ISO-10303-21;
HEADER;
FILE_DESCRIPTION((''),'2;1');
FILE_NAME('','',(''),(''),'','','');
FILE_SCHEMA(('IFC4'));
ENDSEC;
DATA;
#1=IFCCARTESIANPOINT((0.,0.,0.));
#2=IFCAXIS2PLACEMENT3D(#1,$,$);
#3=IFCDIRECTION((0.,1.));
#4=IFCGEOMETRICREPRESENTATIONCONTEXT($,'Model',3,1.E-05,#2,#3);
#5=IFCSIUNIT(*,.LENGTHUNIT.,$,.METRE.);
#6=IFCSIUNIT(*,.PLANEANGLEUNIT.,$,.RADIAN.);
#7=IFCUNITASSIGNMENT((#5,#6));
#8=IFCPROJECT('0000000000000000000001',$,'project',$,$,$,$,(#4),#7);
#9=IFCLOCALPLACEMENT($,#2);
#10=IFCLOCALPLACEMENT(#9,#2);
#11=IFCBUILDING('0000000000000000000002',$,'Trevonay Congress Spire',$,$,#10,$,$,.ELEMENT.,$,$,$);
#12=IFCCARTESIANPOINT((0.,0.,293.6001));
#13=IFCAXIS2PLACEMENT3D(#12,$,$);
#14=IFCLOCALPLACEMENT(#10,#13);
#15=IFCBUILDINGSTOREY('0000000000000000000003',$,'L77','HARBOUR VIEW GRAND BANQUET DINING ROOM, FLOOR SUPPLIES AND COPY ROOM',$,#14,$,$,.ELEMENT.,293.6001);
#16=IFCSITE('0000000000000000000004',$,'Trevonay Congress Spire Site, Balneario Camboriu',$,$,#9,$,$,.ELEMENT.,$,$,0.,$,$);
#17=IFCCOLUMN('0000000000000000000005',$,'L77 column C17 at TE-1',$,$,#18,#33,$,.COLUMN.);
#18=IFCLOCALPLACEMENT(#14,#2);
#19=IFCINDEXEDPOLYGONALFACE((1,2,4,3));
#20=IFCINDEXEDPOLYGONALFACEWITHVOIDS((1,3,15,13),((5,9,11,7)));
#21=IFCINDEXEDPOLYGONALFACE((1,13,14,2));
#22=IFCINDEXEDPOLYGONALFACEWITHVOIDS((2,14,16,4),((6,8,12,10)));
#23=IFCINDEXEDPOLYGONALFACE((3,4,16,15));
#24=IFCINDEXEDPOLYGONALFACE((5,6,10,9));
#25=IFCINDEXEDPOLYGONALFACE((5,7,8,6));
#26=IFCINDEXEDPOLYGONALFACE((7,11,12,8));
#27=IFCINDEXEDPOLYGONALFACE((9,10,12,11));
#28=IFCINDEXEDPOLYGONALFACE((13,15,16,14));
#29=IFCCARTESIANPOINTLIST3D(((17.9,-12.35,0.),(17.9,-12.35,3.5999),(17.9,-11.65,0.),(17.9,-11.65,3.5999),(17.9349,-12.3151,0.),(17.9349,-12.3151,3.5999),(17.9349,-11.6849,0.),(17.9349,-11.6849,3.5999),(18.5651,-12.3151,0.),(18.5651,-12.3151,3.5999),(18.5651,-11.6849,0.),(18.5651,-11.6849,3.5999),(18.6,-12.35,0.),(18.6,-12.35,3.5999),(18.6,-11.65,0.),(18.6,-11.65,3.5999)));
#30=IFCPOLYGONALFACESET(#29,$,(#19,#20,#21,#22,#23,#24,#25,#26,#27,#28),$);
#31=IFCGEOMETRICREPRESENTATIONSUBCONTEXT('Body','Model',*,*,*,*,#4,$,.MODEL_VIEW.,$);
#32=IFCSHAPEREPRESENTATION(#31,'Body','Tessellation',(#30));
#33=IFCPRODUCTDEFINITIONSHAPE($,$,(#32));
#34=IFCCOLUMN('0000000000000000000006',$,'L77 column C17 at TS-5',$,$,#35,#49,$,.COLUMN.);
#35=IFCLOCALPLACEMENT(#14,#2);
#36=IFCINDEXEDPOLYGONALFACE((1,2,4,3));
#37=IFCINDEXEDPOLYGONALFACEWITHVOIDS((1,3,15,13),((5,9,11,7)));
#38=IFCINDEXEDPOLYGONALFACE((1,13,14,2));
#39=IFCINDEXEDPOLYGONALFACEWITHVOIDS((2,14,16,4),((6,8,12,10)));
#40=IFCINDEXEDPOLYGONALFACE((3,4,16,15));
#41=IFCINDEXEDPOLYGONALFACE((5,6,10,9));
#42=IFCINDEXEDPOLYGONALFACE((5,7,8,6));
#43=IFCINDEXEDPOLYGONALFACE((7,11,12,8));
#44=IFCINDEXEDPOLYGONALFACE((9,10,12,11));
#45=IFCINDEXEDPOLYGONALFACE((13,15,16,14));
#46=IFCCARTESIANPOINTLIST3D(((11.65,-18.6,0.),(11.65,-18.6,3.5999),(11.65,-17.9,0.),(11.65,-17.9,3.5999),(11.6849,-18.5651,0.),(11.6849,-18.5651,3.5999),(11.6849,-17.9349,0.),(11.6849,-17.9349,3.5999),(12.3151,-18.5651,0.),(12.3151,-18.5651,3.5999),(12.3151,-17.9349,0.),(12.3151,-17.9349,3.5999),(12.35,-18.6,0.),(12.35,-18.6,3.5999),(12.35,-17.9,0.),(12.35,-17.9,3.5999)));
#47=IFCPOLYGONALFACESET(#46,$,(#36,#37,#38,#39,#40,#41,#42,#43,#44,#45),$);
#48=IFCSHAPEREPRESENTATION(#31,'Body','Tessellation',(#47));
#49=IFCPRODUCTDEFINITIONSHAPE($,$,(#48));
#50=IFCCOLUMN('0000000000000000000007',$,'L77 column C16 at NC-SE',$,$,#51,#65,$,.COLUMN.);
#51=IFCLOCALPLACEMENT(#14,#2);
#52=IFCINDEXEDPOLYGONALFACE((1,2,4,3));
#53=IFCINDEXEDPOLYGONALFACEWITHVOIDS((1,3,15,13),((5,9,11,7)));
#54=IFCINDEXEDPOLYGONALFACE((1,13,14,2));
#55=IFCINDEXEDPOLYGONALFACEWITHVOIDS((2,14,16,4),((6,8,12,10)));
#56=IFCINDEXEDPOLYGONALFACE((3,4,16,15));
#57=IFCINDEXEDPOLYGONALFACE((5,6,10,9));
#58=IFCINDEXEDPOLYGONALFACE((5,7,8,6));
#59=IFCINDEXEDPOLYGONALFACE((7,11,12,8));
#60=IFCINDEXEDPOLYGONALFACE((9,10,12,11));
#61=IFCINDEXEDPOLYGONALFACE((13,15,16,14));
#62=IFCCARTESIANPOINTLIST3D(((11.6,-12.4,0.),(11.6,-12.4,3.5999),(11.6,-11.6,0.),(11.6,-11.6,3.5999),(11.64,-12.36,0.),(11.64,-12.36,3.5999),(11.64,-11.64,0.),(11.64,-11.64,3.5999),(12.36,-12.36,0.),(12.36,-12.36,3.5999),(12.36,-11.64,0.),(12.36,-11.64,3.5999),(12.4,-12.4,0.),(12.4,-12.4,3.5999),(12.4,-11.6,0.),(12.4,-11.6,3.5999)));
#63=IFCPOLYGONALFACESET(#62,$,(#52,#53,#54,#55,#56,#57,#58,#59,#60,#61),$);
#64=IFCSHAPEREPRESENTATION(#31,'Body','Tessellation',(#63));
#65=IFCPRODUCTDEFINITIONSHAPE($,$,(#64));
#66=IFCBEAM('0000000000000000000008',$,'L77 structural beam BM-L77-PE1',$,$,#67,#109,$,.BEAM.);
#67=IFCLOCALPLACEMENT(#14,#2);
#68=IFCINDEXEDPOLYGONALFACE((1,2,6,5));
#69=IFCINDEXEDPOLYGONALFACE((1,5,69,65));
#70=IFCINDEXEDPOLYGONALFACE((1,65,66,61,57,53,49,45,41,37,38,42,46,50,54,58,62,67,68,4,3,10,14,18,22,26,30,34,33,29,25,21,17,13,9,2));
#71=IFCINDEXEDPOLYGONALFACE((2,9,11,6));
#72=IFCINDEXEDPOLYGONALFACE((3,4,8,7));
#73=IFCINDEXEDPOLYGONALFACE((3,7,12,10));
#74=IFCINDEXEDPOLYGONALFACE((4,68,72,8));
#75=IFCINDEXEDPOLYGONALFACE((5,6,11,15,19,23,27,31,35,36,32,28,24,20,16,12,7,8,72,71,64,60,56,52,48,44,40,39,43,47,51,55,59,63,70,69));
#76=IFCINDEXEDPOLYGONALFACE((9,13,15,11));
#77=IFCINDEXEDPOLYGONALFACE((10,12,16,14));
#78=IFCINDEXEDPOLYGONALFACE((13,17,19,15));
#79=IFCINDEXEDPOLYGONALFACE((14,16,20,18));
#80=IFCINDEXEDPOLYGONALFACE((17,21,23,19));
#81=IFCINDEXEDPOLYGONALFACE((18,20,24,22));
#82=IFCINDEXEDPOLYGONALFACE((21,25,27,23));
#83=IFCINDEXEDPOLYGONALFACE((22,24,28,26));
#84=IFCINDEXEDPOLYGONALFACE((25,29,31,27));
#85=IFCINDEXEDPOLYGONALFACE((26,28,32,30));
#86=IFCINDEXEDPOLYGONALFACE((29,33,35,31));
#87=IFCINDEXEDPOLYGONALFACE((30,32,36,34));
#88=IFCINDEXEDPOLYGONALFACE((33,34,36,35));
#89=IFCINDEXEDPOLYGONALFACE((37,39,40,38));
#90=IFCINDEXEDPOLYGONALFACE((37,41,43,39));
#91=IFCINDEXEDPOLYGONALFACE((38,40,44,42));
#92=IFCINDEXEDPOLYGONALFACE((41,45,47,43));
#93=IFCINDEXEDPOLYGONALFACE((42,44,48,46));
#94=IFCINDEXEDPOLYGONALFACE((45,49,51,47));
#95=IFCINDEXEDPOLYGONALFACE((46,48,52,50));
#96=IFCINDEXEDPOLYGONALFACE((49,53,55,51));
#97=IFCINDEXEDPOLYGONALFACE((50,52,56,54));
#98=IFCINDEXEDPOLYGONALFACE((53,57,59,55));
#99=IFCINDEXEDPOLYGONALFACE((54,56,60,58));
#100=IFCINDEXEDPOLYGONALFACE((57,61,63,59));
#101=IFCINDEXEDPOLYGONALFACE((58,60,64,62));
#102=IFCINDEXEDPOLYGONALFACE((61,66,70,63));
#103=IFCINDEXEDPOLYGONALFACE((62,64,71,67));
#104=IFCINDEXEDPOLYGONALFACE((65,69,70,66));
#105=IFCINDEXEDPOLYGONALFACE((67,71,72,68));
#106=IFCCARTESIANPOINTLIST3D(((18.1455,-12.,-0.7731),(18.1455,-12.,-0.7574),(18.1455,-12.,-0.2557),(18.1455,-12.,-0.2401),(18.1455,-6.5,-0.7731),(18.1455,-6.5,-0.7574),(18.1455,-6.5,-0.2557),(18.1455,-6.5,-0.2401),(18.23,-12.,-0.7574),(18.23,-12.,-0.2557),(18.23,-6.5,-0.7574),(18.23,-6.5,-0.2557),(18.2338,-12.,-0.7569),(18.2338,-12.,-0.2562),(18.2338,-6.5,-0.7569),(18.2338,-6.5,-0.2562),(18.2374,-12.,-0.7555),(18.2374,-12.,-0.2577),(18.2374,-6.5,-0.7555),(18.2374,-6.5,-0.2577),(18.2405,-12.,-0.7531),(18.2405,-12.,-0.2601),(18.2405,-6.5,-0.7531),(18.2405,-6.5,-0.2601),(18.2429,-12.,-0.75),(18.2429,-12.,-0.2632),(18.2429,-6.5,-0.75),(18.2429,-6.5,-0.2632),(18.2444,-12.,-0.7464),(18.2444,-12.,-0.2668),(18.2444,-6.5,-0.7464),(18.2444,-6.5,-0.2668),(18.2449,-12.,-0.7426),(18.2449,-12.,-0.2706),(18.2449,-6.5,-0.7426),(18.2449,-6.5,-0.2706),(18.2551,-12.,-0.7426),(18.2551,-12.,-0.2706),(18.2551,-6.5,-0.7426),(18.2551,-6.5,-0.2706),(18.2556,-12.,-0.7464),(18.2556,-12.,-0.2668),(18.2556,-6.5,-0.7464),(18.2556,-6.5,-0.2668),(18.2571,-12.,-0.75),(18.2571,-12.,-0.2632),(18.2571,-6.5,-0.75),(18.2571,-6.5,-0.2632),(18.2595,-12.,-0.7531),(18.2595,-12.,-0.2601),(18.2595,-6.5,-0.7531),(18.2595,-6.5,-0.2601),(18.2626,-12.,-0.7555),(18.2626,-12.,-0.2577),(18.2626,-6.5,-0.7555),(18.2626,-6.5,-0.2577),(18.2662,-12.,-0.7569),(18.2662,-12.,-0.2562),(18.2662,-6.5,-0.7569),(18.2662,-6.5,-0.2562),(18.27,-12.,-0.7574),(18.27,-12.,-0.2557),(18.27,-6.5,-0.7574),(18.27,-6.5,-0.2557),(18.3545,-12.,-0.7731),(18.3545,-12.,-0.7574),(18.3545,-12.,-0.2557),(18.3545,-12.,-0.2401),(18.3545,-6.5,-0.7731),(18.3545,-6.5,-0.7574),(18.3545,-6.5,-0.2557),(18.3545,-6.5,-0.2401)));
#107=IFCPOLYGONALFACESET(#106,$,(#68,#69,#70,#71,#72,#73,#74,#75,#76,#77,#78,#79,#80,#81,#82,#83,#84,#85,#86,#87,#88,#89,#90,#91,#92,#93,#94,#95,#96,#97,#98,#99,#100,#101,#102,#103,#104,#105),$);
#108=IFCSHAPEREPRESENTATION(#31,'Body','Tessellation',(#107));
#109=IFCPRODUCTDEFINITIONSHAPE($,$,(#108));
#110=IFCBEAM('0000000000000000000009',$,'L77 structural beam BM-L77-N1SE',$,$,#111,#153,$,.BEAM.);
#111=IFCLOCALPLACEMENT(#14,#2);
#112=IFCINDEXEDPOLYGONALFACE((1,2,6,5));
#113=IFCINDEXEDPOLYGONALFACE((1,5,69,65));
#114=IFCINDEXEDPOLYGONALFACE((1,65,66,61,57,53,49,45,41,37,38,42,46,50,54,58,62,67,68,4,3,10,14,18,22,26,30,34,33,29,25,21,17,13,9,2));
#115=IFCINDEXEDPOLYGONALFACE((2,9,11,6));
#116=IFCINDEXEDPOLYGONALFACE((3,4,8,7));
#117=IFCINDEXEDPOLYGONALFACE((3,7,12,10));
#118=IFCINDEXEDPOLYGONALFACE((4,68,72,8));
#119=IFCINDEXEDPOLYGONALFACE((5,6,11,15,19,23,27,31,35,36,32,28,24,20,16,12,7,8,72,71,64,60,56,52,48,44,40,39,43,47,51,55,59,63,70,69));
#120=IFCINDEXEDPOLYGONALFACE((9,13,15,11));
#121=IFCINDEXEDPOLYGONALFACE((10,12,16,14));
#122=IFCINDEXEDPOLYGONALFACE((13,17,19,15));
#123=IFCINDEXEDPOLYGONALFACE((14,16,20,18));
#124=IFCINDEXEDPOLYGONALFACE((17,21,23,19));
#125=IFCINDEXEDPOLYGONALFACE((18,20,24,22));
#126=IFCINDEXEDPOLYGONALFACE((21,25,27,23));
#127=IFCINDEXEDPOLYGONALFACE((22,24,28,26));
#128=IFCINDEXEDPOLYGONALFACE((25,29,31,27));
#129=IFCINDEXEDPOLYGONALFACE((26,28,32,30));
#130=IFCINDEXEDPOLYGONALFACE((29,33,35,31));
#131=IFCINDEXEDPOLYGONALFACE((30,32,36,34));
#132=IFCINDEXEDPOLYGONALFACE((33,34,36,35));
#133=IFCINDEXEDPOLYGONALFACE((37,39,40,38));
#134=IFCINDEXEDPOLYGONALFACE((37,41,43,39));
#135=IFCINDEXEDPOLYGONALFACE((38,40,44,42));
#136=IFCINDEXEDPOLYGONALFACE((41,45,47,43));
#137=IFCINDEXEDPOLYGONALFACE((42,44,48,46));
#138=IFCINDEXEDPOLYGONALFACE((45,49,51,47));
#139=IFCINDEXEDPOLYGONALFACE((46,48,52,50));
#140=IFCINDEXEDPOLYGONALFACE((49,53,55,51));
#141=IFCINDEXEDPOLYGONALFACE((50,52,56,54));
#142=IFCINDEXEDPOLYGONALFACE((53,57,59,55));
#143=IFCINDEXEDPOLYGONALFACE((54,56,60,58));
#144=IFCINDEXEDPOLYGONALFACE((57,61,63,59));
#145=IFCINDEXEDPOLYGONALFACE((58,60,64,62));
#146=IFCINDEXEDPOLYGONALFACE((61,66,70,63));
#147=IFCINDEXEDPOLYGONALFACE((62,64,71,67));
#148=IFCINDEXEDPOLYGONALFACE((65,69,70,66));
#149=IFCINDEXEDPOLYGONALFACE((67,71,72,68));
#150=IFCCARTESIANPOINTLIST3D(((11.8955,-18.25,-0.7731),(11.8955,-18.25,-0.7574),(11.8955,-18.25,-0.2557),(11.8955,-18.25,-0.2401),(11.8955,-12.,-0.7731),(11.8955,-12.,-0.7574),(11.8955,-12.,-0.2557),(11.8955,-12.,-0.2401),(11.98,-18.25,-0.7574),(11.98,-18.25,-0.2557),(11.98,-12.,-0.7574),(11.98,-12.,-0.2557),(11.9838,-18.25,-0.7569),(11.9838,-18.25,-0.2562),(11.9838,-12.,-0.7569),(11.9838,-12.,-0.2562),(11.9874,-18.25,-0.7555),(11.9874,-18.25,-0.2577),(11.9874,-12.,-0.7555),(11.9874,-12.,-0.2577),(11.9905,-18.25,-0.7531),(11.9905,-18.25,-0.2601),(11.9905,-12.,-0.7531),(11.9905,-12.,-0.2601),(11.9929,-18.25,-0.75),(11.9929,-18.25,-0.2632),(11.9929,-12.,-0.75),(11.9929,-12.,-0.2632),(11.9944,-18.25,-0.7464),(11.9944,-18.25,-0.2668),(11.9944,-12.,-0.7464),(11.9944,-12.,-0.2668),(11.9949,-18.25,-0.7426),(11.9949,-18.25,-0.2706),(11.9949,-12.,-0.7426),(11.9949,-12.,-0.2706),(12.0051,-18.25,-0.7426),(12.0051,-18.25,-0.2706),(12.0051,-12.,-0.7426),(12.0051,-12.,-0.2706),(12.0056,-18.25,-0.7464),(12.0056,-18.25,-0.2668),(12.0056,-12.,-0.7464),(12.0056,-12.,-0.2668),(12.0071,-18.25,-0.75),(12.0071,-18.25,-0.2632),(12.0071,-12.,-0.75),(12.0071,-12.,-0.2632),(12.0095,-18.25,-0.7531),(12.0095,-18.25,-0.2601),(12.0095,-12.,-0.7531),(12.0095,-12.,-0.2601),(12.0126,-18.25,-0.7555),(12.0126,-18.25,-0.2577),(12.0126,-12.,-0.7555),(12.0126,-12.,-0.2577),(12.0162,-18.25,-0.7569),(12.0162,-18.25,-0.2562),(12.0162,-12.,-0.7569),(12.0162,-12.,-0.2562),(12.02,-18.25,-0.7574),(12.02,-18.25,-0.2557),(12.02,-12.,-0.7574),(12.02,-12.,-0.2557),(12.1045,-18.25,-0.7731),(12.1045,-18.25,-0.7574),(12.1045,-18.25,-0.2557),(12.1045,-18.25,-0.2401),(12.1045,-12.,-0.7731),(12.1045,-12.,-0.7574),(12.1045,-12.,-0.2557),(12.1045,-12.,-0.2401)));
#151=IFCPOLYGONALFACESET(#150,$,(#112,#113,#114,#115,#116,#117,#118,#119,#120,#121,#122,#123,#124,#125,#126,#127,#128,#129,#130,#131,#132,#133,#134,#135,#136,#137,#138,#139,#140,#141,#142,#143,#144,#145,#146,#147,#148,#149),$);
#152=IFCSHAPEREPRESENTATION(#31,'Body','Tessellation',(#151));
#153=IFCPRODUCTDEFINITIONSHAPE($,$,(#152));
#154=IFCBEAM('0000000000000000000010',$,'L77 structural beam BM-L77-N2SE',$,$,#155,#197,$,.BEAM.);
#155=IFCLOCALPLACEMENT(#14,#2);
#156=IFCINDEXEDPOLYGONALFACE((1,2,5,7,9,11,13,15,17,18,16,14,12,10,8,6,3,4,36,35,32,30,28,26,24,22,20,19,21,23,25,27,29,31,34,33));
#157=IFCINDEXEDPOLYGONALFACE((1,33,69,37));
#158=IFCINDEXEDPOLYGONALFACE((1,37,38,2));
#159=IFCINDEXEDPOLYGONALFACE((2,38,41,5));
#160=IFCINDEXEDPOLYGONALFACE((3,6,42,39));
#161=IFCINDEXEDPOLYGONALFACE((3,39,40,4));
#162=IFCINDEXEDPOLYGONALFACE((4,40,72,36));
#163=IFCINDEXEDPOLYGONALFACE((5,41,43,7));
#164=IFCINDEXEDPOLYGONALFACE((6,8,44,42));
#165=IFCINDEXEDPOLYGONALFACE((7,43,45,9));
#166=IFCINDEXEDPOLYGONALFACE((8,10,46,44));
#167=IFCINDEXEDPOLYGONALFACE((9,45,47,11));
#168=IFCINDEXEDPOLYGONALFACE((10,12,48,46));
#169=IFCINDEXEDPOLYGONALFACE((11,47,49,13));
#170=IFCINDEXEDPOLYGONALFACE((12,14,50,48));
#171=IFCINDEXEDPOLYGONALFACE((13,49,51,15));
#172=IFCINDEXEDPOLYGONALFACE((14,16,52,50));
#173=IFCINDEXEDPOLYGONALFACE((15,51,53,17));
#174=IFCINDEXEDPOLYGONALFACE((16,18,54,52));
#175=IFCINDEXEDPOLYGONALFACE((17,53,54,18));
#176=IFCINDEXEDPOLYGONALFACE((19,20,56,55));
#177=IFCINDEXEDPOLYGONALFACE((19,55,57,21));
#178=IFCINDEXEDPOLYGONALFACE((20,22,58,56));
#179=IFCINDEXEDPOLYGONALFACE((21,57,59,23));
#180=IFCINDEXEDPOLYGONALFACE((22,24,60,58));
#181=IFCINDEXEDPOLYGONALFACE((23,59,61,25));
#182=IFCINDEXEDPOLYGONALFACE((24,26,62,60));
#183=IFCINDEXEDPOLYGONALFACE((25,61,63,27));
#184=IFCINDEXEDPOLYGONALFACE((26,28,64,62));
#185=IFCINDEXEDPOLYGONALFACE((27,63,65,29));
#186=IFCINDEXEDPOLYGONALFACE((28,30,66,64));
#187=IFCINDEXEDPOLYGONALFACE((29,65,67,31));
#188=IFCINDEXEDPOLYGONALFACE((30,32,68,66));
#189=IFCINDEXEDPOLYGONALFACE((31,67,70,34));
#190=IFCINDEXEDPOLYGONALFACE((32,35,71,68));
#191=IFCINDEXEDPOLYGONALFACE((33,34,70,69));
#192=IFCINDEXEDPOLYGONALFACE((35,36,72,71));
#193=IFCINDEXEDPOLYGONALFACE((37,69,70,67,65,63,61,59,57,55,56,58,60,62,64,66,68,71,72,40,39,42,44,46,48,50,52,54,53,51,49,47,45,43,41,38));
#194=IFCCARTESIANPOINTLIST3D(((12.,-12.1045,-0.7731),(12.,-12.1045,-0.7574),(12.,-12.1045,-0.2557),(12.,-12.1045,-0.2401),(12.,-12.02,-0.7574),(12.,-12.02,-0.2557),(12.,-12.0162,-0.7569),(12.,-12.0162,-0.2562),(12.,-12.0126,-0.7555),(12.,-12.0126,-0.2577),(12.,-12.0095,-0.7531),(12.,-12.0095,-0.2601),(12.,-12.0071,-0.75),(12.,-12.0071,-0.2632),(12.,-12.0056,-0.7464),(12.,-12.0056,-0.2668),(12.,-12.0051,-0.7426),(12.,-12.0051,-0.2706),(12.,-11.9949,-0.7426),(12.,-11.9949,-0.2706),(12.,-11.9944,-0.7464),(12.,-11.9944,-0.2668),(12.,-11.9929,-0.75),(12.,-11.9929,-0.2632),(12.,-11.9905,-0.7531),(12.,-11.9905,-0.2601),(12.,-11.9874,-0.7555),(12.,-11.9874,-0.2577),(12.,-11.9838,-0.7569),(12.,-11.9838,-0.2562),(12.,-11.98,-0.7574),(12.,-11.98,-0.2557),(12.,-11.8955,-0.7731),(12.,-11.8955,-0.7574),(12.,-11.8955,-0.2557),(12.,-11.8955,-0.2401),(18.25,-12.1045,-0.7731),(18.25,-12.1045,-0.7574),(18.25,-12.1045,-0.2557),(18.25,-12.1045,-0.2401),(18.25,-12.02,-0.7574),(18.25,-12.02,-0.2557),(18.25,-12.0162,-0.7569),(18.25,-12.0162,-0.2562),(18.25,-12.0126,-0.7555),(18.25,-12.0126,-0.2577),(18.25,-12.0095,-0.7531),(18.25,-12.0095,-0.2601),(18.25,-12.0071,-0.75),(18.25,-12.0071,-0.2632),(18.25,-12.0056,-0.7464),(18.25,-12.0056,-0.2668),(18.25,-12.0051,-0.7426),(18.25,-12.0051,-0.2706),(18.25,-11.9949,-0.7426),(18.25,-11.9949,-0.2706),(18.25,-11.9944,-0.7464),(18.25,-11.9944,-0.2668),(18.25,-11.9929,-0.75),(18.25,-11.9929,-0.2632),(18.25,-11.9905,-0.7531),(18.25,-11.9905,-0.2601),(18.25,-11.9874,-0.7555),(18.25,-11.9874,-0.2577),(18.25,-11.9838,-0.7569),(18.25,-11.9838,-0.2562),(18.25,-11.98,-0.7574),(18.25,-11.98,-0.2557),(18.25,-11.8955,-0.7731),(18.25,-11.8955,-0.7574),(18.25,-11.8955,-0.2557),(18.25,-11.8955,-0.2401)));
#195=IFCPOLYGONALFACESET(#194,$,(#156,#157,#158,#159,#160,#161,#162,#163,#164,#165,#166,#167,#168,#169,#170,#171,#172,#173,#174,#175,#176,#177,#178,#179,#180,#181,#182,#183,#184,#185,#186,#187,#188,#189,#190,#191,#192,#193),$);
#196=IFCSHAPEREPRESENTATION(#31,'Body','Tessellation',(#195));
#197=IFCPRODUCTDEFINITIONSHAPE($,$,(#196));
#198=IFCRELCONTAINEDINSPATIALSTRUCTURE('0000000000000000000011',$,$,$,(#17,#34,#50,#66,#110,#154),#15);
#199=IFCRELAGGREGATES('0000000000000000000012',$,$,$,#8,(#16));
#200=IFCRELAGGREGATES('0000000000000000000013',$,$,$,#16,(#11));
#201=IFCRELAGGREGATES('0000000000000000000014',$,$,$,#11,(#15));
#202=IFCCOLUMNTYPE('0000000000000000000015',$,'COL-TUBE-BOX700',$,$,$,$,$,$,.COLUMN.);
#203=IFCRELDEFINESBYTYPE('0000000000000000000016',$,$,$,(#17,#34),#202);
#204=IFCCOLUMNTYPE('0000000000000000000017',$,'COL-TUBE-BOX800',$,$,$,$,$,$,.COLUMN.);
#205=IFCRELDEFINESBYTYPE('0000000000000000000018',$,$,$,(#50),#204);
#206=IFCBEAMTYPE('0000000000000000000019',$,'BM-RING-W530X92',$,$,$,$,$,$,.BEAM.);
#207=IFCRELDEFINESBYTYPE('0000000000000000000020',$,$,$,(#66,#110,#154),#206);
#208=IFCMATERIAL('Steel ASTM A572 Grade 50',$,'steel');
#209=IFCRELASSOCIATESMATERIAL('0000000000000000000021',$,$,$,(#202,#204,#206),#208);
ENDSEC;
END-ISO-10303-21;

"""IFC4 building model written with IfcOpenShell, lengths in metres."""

from ifc_helpers import new_model, si_unit, direction, frame, origin, origin_2d, place, context, subcontext, project, spatial, hollow_rectangle, i_section, extrude, material, material_profile, profile_set, type_object, element, save


model = new_model("IFC4")

# Units and contexts
model_context = context("Model", 3, precision=1e-05, world=origin(), true_north=direction((0.0, 1.0)))
body_context = subcontext(model_context, "Body", "Model", "MODEL_VIEW")
ifc_project = project(units=[si_unit("LENGTHUNIT", "METRE"), si_unit("PLANEANGLEUNIT", "RADIAN")], contexts=[model_context])

# Site, building, storey
site_placement = place(None, origin())
site = spatial("IfcSite", under=ifc_project, at=site_placement, Name="Trevonay Congress Spire Site, Balneario Camboriu", CompositionType="ELEMENT", RefElevation=0.0)
building_placement = place(site_placement, origin())
building = spatial("IfcBuilding", under=site, at=building_placement, Name="Trevonay Congress Spire", CompositionType="ELEMENT")
storey_placement = place(building_placement, frame((0.0, 0.0, 293.6001)))
storey = spatial("IfcBuildingStorey", under=building, at=storey_placement, Name="L77", Description="HARBOUR VIEW GRAND BANQUET DINING ROOM, FLOOR SUPPLIES AND COPY ROOM", CompositionType="ELEMENT", Elevation=293.6001)

# Columns
ifc_material_1 = material(Name="Steel ASTM A572 Grade 50", Category="steel")
ifc_material_profile_1 = material_profile(ifc_material_1, hollow_rectangle(XDim=0.7, YDim=0.7, WallThickness=0.0349, at=origin_2d()), Name="BOX 700x700x35")
ifc_profile_set_1 = profile_set([ifc_material_profile_1], Name="Steel ASTM A572 Grade 50")
column_type_1 = type_object("IfcColumnType", Name="COL-TUBE-BOX700", PredefinedType="COLUMN", material=ifc_profile_set_1)
for number, where, z_axis, x_axis, name in (
    (1, (18.25, -12.0, 0.0), (0.0, 0.0, 1.0), (1.0, 0.0, 0.0), "L77 column C17 at TE-1"),
    (2, (12.0, -18.25, 0.0), (0.0, 0.0, 1.0), (1.0, 0.0, 0.0), "L77 column C17 at TS-5"),
):
    element("IfcColumn", number, at=place(storey_placement, frame(where, z_axis=z_axis, x_axis=x_axis)), inside=storey, type_object=column_type_1, Name=name, PredefinedType="COLUMN", context=body_context, shape_type="SweptSolid", body=[
        extrude(hollow_rectangle(XDim=0.7, YDim=0.7, WallThickness=0.0349, at=origin_2d()), origin(), (0.0, 0.0, 1.0), 3.5999),
    ])
ifc_material_profile_2 = material_profile(ifc_material_1, hollow_rectangle(XDim=0.8, YDim=0.8, WallThickness=0.04, at=origin_2d()), Name="BOX 800x800x40")
ifc_profile_set_2 = profile_set([ifc_material_profile_2], Name="Steel ASTM A572 Grade 50")
column_type_2 = type_object("IfcColumnType", Name="COL-TUBE-BOX800", PredefinedType="COLUMN", material=ifc_profile_set_2)
column_placement = place(storey_placement, frame((12.0, -12.0, 0.0), z_axis=(0.0, 0.0, 1.0), x_axis=(1.0, 0.0, 0.0)))
element("IfcColumn", 3, at=column_placement, inside=storey, type_object=column_type_2, Name="L77 column C16 at NC-SE", PredefinedType="COLUMN", context=body_context, shape_type="SweptSolid", body=[
    extrude(hollow_rectangle(XDim=0.8, YDim=0.8, WallThickness=0.04, at=origin_2d()), origin(), (0.0, 0.0, 1.0), 3.5999),
])

# Beams
ifc_material_profile_3 = material_profile(ifc_material_1, i_section(OverallWidth=0.209, OverallDepth=0.533, WebThickness=0.0103, FlangeThickness=0.0156, FilletRadius=0.0149, at=origin_2d()), Name="W530x92")
ifc_profile_set_3 = profile_set([ifc_material_profile_3], Name="Steel ASTM A572 Grade 50")
beam_type = type_object("IfcBeamType", Name="BM-RING-W530X92", PredefinedType="BEAM", material=ifc_profile_set_3)
beam_placement = place(storey_placement, frame((18.25, -12.0, -0.5066), z_axis=(0.0, 1.0, 0.0), x_axis=(-1.0, 0.0, 0.0)))
element("IfcBeam", 4, at=beam_placement, inside=storey, type_object=beam_type, Name="L77 structural beam BM-L77-PE1", PredefinedType="BEAM", context=body_context, shape_type="SweptSolid", body=[
    extrude(i_section(OverallWidth=0.209, OverallDepth=0.533, WebThickness=0.0103, FlangeThickness=0.0156, FilletRadius=0.0149, at=origin_2d()), origin(), (0.0, 0.0, 1.0), 5.5),
])
for number, where, z_axis, x_axis, name in (
    (5, (12.0, -18.25, -0.5066), (0.0, 1.0, 0.0), (-1.0, 0.0, 0.0), "L77 structural beam BM-L77-N1SE"),
    (6, (18.25, -12.0, -0.5066), (-1.0, 0.0, 0.0), (0.0, -1.0, 0.0), "L77 structural beam BM-L77-N2SE"),
):
    element("IfcBeam", number, at=place(storey_placement, frame(where, z_axis=z_axis, x_axis=x_axis)), inside=storey, type_object=beam_type, Name=name, PredefinedType="BEAM", context=body_context, shape_type="SweptSolid", body=[
        extrude(i_section(OverallWidth=0.209, OverallDepth=0.533, WebThickness=0.0103, FlangeThickness=0.0156, FilletRadius=0.0149, at=origin_2d()), origin(), (0.0, 0.0, 1.0), 6.25),
    ])

save(model, "model.ifc")
